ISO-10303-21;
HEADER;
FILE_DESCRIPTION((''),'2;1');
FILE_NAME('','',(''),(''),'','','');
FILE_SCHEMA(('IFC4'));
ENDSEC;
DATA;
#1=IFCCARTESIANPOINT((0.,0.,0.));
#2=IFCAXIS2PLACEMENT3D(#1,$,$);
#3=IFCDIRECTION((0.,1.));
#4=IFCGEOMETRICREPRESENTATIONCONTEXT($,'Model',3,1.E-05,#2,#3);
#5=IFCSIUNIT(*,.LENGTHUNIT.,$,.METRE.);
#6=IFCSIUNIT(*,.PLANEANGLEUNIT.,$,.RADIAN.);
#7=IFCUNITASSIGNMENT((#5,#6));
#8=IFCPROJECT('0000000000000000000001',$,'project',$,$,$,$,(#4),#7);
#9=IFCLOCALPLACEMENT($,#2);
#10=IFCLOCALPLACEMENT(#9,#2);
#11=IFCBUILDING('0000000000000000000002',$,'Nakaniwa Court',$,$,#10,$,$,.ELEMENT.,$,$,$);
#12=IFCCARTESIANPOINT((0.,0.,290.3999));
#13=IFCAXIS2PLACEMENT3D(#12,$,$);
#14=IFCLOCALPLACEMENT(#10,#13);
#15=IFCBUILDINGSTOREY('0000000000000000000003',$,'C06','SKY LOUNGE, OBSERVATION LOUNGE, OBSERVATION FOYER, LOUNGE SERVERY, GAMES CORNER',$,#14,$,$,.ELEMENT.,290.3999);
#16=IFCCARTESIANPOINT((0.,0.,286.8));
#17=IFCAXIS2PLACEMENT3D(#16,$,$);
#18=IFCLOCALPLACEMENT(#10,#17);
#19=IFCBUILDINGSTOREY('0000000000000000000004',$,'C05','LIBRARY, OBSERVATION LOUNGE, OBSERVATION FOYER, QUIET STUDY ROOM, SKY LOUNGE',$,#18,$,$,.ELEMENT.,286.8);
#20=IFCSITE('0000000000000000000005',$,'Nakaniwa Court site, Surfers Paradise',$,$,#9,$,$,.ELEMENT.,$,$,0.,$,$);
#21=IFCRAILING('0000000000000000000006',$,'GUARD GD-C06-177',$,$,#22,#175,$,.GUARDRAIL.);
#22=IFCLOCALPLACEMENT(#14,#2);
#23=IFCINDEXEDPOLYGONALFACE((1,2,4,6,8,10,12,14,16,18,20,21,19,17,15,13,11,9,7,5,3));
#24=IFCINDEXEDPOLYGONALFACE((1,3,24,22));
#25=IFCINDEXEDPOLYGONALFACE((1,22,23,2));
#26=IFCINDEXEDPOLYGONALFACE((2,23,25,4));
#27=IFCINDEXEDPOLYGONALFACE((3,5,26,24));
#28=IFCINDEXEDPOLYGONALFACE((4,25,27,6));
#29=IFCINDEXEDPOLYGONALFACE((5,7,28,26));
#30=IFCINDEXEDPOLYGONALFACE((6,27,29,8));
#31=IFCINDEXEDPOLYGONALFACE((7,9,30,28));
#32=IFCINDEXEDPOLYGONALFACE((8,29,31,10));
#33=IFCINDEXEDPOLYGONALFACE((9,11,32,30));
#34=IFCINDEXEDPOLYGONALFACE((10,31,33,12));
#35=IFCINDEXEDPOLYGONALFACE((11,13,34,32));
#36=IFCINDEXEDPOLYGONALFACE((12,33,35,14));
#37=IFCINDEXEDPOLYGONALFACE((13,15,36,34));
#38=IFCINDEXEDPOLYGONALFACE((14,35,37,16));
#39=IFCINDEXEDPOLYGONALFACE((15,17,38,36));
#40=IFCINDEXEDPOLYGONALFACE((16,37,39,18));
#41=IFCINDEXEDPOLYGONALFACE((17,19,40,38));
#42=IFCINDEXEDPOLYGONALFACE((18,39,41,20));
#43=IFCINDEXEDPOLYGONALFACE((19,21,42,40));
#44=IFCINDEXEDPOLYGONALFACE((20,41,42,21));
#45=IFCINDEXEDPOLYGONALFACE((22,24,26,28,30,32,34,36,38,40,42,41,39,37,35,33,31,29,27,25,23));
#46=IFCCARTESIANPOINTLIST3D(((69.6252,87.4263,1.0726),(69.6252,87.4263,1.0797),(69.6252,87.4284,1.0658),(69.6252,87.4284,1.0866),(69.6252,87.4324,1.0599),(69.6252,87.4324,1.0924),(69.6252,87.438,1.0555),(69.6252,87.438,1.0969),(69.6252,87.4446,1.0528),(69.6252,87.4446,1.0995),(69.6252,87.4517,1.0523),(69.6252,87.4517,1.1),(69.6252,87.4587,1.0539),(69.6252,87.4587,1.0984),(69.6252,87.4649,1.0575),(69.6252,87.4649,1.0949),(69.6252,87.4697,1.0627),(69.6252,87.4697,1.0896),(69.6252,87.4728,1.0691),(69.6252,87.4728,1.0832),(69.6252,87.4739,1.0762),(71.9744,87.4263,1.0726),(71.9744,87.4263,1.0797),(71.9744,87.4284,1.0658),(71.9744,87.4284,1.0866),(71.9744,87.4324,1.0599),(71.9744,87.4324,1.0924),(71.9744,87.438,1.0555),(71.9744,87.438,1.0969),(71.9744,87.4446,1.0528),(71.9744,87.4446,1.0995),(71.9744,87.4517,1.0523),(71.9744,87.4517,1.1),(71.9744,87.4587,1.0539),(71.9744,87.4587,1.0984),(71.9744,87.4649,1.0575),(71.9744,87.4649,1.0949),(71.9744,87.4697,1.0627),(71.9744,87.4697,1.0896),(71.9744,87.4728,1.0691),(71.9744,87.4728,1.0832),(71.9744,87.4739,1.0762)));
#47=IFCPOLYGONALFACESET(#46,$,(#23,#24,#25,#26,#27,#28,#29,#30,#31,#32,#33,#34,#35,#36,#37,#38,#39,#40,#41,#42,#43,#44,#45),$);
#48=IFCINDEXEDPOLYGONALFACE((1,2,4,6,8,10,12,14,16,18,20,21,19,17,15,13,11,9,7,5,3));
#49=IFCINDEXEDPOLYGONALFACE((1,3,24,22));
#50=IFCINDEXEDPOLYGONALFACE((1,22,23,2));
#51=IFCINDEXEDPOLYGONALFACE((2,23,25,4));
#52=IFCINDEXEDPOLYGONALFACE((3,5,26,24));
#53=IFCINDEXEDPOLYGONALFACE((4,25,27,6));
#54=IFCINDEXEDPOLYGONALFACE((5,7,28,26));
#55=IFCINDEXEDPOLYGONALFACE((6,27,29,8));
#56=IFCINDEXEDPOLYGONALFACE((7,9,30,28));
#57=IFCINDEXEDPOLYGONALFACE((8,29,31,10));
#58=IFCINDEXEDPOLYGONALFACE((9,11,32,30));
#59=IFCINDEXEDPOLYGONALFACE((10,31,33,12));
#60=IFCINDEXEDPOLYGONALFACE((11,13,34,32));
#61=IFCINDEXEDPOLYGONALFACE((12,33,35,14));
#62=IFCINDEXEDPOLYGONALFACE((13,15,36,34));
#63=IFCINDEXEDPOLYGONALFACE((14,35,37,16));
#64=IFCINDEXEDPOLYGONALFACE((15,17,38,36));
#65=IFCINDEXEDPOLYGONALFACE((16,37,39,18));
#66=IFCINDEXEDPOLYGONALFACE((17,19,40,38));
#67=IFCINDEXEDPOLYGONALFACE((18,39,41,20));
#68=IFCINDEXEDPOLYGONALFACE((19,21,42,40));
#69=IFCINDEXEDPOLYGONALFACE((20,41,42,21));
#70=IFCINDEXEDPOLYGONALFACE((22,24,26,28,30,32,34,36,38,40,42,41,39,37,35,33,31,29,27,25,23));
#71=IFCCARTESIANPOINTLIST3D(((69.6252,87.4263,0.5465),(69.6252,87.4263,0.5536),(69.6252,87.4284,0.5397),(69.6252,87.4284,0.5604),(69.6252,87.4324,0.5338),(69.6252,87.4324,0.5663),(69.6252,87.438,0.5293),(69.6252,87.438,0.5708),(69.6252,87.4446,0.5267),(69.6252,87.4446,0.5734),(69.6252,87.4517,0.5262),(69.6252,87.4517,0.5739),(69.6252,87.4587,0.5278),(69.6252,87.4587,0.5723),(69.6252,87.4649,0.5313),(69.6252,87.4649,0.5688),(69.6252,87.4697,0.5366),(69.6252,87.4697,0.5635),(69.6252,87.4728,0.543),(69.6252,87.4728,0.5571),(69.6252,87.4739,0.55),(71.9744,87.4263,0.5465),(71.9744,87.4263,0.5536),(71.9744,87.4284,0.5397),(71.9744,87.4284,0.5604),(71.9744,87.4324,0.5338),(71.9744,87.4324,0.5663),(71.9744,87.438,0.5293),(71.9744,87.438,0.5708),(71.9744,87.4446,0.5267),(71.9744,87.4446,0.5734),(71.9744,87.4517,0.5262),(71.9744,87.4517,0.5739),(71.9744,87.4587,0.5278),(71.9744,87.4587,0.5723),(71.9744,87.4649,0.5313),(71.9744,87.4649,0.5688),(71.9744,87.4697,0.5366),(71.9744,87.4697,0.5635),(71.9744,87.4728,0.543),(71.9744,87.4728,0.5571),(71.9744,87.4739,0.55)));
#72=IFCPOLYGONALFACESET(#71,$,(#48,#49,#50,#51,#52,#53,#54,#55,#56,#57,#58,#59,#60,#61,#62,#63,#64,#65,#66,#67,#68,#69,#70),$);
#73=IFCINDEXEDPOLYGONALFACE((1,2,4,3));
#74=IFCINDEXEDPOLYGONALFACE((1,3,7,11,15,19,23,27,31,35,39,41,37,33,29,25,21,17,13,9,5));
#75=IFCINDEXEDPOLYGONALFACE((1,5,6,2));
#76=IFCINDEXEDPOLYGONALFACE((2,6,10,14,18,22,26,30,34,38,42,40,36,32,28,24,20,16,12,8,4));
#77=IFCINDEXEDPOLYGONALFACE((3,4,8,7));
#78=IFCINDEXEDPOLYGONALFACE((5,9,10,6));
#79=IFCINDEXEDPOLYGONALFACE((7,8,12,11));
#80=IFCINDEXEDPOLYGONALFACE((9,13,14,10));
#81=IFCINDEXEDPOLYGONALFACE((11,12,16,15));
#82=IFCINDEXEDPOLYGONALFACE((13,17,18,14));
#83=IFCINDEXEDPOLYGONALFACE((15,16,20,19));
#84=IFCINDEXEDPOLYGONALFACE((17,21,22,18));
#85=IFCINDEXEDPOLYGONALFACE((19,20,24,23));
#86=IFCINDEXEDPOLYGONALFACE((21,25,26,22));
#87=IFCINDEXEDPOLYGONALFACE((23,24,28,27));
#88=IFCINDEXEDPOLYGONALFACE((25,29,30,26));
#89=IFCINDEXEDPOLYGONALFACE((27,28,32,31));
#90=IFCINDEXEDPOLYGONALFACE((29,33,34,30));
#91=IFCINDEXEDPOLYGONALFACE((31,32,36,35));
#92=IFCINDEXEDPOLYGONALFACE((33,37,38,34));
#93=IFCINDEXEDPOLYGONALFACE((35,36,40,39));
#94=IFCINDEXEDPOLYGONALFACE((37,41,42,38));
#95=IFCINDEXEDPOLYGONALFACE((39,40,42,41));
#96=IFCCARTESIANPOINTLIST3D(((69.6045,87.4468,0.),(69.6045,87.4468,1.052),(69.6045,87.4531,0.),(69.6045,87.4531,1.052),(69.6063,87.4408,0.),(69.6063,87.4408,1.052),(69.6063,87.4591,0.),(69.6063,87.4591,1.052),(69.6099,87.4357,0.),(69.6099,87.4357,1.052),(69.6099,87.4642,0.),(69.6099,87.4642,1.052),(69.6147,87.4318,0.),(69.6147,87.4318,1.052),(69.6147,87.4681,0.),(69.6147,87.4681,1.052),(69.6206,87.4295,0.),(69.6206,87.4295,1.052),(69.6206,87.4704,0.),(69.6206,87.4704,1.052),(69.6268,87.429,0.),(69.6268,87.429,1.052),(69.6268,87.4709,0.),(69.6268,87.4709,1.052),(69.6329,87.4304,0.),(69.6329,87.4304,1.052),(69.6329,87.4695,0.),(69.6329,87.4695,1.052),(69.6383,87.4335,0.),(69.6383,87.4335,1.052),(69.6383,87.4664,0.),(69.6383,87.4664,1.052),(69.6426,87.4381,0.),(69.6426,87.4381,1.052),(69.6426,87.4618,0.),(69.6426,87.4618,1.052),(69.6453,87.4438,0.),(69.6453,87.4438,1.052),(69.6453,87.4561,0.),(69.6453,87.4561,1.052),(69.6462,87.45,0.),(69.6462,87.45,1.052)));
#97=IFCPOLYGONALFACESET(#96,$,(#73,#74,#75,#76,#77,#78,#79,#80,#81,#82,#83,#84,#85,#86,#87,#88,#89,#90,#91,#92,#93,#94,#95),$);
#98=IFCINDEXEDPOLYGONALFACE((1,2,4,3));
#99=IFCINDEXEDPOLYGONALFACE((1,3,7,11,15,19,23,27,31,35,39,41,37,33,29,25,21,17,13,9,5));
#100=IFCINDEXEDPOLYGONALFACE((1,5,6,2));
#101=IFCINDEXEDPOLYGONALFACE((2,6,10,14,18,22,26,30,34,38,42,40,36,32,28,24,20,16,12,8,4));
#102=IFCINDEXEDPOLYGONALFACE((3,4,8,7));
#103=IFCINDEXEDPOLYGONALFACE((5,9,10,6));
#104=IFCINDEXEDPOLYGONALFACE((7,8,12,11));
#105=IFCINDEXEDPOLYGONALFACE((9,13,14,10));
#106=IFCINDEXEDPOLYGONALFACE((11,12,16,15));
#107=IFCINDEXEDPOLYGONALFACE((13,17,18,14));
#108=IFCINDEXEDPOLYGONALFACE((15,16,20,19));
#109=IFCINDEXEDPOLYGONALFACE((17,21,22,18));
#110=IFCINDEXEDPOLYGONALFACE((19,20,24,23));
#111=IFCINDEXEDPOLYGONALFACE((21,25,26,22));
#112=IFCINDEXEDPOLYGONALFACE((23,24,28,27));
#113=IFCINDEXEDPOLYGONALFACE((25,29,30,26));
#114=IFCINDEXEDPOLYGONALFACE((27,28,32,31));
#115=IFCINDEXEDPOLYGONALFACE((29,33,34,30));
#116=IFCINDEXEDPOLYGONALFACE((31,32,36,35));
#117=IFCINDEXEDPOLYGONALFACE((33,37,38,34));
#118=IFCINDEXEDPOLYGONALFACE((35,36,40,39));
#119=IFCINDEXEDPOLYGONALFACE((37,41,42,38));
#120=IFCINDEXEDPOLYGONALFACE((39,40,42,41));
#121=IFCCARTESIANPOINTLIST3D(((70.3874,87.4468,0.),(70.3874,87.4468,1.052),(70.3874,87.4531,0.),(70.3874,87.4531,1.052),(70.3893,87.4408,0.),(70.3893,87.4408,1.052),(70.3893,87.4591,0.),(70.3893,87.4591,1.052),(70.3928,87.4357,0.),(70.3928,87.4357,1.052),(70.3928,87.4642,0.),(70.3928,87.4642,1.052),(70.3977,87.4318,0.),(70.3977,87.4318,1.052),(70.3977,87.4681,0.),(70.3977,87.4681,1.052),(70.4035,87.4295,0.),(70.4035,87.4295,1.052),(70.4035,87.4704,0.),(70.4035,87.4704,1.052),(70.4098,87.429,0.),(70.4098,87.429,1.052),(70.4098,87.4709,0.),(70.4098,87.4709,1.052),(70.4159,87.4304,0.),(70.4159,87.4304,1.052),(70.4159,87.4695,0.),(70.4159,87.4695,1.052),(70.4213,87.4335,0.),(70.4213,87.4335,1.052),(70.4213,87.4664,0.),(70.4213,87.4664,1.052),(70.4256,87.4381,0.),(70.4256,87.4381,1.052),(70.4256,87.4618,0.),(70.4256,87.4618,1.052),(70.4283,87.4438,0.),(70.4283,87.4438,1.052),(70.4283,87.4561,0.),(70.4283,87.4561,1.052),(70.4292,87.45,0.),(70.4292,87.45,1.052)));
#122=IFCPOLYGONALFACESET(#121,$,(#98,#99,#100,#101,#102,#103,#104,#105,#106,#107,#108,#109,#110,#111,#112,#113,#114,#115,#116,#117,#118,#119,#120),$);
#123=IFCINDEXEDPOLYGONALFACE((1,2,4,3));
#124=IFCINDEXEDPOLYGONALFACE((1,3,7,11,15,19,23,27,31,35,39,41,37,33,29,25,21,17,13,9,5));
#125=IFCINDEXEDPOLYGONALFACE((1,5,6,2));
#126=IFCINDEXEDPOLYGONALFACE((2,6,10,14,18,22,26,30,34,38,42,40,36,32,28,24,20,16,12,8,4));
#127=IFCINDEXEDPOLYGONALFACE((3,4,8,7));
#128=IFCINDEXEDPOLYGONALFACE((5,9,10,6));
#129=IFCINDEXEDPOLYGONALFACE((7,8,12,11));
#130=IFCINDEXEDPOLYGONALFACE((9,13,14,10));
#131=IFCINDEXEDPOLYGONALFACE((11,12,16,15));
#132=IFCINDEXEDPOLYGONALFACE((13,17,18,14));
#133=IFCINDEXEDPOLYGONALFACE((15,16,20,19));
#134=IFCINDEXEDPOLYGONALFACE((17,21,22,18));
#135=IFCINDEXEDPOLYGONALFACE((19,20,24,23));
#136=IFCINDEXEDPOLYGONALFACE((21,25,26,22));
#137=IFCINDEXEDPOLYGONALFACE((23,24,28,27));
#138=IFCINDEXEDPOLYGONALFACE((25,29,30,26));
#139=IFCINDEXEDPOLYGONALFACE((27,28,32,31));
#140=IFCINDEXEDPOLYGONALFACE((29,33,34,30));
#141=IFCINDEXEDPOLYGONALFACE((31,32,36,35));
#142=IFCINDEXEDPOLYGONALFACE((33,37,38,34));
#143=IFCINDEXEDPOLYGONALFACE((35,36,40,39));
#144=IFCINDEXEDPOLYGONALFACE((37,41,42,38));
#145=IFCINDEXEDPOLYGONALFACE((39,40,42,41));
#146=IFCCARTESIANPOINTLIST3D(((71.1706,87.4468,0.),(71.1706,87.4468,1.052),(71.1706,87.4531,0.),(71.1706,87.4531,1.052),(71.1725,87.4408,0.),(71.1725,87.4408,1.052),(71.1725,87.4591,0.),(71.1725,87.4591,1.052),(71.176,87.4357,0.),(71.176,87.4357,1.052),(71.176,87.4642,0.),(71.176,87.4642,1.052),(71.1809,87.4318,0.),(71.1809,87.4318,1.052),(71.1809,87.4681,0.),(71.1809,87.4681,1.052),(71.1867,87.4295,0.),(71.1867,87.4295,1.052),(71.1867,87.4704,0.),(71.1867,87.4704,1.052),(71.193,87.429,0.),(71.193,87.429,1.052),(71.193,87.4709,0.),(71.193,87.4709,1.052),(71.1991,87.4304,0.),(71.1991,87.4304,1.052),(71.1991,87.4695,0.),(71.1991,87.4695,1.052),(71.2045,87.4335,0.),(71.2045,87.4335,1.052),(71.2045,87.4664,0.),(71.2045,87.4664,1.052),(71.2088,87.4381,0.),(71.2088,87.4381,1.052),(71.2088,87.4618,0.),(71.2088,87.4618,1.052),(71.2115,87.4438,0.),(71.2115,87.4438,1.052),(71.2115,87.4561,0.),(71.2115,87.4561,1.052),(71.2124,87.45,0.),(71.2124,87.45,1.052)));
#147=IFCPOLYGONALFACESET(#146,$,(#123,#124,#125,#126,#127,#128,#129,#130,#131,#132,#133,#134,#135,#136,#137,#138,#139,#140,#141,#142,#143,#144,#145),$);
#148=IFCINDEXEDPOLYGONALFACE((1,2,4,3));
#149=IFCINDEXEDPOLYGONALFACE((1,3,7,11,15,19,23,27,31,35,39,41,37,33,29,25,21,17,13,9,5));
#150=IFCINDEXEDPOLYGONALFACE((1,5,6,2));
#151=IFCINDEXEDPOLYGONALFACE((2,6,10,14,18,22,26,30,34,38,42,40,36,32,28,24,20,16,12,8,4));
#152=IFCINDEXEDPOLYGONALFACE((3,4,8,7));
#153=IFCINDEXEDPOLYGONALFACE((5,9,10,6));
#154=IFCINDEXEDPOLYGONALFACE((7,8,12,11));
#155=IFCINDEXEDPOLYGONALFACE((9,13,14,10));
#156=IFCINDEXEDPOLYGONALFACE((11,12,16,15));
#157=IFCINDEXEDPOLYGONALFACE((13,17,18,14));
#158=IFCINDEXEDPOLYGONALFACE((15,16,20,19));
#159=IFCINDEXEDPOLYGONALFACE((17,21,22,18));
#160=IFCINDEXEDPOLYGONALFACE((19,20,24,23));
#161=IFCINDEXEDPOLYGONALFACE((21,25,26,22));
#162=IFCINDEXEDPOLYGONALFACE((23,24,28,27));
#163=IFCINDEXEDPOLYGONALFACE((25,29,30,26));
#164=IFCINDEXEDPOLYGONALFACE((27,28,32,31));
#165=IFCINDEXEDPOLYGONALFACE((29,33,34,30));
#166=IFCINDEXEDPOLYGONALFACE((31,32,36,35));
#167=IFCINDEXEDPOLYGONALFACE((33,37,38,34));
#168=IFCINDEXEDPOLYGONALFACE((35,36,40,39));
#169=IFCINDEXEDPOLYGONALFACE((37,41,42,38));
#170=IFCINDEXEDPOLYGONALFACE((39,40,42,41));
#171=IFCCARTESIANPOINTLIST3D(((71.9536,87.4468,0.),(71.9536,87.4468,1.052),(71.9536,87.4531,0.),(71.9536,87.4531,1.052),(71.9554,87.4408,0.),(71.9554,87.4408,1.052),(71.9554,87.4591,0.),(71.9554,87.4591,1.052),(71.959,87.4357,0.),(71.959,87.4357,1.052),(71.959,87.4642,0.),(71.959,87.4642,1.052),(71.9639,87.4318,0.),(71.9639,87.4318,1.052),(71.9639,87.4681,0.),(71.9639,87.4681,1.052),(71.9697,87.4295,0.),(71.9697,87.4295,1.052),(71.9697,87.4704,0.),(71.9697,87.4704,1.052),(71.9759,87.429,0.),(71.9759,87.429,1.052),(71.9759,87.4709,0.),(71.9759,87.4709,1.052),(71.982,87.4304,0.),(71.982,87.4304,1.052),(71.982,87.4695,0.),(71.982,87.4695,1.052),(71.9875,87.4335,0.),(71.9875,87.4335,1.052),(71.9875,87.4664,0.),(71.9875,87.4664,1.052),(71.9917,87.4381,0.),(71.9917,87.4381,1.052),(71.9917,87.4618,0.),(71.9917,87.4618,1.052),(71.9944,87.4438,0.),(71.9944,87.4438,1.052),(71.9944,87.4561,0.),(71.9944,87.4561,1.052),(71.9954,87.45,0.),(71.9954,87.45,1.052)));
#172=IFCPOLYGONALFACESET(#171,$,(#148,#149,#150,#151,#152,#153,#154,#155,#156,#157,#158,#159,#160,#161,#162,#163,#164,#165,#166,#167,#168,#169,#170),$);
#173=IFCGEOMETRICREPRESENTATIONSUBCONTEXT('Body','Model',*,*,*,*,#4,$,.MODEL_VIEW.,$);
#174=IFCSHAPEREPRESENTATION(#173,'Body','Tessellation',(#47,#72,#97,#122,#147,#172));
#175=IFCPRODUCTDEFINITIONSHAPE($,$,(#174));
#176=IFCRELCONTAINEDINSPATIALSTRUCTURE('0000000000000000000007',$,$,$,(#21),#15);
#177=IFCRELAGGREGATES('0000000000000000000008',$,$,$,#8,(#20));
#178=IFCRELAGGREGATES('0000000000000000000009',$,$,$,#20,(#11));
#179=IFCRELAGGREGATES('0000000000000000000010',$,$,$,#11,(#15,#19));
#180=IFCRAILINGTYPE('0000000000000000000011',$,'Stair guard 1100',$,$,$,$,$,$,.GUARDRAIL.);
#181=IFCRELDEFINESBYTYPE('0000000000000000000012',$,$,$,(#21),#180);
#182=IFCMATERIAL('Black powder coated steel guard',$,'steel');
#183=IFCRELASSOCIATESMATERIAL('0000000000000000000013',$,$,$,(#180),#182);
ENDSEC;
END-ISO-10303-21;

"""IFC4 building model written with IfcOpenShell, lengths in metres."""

from ifc_helpers import new_model, si_unit, direction, frame, origin, origin_2d, place, context, subcontext, project, spatial, circle, extrude, material, type_object, element, save


model = new_model("IFC4")

# Units and contexts
model_context = context("Model", 3, precision=1e-05, world=origin(), true_north=direction((0.0, 1.0)))
body_context = subcontext(model_context, "Body", "Model", "MODEL_VIEW")
ifc_project = project(units=[si_unit("LENGTHUNIT", "METRE"), si_unit("PLANEANGLEUNIT", "RADIAN")], contexts=[model_context])

# Site, building, storey
site_placement = place(None, origin())
site = spatial("IfcSite", under=ifc_project, at=site_placement, Name="Nakaniwa Court site, Surfers Paradise", CompositionType="ELEMENT", RefElevation=0.0)
building_placement = place(site_placement, origin())
building = spatial("IfcBuilding", under=site, at=building_placement, Name="Nakaniwa Court", CompositionType="ELEMENT")
storey_1_placement = place(building_placement, frame((0.0, 0.0, 290.3999)))
storey_1 = spatial("IfcBuildingStorey", under=building, at=storey_1_placement, Name="C06", Description="SKY LOUNGE, OBSERVATION LOUNGE, OBSERVATION FOYER, LOUNGE SERVERY, GAMES CORNER", CompositionType="ELEMENT", Elevation=290.3999)

# Shared definitions
storey_2_placement = place(building_placement, frame((0.0, 0.0, 286.8)))
storey_2 = spatial("IfcBuildingStorey", under=building, at=storey_2_placement, Name="C05", Description="LIBRARY, OBSERVATION LOUNGE, OBSERVATION FOYER, QUIET STUDY ROOM, SKY LOUNGE", CompositionType="ELEMENT", Elevation=286.8)

# Railing
ifc_material_1 = material(Name="Black powder coated steel guard", Category="steel")
railing_type = type_object("IfcRailingType", Name="Stair guard 1100", PredefinedType="GUARDRAIL", material=ifc_material_1)
railing_placement = place(storey_1_placement, frame((69.6252, 87.45, 0.0)))
element("IfcRailing", 1, at=railing_placement, inside=storey_1, type_object=railing_type, Name="GUARD GD-C06-177", PredefinedType="GUARDRAIL", context=body_context, shape_type="SweptSolid", body=[
    extrude(circle(Radius=0.0239, at=origin_2d()), frame((0.0, 0.0, 1.0762), z_axis=(1.0, 0.0, 0.0), x_axis=(0.0, 1.0, 0.0)), (0.0, 0.0, 1.0), 2.3491),
    extrude(circle(Radius=0.0239, at=origin_2d()), frame((0.0, 0.0, 0.55), z_axis=(1.0, 0.0, 0.0), x_axis=(0.0, 1.0, 0.0)), (0.0, 0.0, 1.0), 2.3491),
    extrude(circle(Radius=0.021, at=origin_2d()), origin(), (0.0, 0.0, 1.0), 1.052),
    extrude(circle(Radius=0.021, at=origin_2d()), frame((0.783, 0.0, 0.0)), (0.0, 0.0, 1.0), 1.052),
    extrude(circle(Radius=0.021, at=origin_2d()), frame((1.5662, 0.0, 0.0)), (0.0, 0.0, 1.0), 1.052),
    extrude(circle(Radius=0.021, at=origin_2d()), frame((2.3491, 0.0, 0.0)), (0.0, 0.0, 1.0), 1.052),
])

save(model, "model.ifc")
